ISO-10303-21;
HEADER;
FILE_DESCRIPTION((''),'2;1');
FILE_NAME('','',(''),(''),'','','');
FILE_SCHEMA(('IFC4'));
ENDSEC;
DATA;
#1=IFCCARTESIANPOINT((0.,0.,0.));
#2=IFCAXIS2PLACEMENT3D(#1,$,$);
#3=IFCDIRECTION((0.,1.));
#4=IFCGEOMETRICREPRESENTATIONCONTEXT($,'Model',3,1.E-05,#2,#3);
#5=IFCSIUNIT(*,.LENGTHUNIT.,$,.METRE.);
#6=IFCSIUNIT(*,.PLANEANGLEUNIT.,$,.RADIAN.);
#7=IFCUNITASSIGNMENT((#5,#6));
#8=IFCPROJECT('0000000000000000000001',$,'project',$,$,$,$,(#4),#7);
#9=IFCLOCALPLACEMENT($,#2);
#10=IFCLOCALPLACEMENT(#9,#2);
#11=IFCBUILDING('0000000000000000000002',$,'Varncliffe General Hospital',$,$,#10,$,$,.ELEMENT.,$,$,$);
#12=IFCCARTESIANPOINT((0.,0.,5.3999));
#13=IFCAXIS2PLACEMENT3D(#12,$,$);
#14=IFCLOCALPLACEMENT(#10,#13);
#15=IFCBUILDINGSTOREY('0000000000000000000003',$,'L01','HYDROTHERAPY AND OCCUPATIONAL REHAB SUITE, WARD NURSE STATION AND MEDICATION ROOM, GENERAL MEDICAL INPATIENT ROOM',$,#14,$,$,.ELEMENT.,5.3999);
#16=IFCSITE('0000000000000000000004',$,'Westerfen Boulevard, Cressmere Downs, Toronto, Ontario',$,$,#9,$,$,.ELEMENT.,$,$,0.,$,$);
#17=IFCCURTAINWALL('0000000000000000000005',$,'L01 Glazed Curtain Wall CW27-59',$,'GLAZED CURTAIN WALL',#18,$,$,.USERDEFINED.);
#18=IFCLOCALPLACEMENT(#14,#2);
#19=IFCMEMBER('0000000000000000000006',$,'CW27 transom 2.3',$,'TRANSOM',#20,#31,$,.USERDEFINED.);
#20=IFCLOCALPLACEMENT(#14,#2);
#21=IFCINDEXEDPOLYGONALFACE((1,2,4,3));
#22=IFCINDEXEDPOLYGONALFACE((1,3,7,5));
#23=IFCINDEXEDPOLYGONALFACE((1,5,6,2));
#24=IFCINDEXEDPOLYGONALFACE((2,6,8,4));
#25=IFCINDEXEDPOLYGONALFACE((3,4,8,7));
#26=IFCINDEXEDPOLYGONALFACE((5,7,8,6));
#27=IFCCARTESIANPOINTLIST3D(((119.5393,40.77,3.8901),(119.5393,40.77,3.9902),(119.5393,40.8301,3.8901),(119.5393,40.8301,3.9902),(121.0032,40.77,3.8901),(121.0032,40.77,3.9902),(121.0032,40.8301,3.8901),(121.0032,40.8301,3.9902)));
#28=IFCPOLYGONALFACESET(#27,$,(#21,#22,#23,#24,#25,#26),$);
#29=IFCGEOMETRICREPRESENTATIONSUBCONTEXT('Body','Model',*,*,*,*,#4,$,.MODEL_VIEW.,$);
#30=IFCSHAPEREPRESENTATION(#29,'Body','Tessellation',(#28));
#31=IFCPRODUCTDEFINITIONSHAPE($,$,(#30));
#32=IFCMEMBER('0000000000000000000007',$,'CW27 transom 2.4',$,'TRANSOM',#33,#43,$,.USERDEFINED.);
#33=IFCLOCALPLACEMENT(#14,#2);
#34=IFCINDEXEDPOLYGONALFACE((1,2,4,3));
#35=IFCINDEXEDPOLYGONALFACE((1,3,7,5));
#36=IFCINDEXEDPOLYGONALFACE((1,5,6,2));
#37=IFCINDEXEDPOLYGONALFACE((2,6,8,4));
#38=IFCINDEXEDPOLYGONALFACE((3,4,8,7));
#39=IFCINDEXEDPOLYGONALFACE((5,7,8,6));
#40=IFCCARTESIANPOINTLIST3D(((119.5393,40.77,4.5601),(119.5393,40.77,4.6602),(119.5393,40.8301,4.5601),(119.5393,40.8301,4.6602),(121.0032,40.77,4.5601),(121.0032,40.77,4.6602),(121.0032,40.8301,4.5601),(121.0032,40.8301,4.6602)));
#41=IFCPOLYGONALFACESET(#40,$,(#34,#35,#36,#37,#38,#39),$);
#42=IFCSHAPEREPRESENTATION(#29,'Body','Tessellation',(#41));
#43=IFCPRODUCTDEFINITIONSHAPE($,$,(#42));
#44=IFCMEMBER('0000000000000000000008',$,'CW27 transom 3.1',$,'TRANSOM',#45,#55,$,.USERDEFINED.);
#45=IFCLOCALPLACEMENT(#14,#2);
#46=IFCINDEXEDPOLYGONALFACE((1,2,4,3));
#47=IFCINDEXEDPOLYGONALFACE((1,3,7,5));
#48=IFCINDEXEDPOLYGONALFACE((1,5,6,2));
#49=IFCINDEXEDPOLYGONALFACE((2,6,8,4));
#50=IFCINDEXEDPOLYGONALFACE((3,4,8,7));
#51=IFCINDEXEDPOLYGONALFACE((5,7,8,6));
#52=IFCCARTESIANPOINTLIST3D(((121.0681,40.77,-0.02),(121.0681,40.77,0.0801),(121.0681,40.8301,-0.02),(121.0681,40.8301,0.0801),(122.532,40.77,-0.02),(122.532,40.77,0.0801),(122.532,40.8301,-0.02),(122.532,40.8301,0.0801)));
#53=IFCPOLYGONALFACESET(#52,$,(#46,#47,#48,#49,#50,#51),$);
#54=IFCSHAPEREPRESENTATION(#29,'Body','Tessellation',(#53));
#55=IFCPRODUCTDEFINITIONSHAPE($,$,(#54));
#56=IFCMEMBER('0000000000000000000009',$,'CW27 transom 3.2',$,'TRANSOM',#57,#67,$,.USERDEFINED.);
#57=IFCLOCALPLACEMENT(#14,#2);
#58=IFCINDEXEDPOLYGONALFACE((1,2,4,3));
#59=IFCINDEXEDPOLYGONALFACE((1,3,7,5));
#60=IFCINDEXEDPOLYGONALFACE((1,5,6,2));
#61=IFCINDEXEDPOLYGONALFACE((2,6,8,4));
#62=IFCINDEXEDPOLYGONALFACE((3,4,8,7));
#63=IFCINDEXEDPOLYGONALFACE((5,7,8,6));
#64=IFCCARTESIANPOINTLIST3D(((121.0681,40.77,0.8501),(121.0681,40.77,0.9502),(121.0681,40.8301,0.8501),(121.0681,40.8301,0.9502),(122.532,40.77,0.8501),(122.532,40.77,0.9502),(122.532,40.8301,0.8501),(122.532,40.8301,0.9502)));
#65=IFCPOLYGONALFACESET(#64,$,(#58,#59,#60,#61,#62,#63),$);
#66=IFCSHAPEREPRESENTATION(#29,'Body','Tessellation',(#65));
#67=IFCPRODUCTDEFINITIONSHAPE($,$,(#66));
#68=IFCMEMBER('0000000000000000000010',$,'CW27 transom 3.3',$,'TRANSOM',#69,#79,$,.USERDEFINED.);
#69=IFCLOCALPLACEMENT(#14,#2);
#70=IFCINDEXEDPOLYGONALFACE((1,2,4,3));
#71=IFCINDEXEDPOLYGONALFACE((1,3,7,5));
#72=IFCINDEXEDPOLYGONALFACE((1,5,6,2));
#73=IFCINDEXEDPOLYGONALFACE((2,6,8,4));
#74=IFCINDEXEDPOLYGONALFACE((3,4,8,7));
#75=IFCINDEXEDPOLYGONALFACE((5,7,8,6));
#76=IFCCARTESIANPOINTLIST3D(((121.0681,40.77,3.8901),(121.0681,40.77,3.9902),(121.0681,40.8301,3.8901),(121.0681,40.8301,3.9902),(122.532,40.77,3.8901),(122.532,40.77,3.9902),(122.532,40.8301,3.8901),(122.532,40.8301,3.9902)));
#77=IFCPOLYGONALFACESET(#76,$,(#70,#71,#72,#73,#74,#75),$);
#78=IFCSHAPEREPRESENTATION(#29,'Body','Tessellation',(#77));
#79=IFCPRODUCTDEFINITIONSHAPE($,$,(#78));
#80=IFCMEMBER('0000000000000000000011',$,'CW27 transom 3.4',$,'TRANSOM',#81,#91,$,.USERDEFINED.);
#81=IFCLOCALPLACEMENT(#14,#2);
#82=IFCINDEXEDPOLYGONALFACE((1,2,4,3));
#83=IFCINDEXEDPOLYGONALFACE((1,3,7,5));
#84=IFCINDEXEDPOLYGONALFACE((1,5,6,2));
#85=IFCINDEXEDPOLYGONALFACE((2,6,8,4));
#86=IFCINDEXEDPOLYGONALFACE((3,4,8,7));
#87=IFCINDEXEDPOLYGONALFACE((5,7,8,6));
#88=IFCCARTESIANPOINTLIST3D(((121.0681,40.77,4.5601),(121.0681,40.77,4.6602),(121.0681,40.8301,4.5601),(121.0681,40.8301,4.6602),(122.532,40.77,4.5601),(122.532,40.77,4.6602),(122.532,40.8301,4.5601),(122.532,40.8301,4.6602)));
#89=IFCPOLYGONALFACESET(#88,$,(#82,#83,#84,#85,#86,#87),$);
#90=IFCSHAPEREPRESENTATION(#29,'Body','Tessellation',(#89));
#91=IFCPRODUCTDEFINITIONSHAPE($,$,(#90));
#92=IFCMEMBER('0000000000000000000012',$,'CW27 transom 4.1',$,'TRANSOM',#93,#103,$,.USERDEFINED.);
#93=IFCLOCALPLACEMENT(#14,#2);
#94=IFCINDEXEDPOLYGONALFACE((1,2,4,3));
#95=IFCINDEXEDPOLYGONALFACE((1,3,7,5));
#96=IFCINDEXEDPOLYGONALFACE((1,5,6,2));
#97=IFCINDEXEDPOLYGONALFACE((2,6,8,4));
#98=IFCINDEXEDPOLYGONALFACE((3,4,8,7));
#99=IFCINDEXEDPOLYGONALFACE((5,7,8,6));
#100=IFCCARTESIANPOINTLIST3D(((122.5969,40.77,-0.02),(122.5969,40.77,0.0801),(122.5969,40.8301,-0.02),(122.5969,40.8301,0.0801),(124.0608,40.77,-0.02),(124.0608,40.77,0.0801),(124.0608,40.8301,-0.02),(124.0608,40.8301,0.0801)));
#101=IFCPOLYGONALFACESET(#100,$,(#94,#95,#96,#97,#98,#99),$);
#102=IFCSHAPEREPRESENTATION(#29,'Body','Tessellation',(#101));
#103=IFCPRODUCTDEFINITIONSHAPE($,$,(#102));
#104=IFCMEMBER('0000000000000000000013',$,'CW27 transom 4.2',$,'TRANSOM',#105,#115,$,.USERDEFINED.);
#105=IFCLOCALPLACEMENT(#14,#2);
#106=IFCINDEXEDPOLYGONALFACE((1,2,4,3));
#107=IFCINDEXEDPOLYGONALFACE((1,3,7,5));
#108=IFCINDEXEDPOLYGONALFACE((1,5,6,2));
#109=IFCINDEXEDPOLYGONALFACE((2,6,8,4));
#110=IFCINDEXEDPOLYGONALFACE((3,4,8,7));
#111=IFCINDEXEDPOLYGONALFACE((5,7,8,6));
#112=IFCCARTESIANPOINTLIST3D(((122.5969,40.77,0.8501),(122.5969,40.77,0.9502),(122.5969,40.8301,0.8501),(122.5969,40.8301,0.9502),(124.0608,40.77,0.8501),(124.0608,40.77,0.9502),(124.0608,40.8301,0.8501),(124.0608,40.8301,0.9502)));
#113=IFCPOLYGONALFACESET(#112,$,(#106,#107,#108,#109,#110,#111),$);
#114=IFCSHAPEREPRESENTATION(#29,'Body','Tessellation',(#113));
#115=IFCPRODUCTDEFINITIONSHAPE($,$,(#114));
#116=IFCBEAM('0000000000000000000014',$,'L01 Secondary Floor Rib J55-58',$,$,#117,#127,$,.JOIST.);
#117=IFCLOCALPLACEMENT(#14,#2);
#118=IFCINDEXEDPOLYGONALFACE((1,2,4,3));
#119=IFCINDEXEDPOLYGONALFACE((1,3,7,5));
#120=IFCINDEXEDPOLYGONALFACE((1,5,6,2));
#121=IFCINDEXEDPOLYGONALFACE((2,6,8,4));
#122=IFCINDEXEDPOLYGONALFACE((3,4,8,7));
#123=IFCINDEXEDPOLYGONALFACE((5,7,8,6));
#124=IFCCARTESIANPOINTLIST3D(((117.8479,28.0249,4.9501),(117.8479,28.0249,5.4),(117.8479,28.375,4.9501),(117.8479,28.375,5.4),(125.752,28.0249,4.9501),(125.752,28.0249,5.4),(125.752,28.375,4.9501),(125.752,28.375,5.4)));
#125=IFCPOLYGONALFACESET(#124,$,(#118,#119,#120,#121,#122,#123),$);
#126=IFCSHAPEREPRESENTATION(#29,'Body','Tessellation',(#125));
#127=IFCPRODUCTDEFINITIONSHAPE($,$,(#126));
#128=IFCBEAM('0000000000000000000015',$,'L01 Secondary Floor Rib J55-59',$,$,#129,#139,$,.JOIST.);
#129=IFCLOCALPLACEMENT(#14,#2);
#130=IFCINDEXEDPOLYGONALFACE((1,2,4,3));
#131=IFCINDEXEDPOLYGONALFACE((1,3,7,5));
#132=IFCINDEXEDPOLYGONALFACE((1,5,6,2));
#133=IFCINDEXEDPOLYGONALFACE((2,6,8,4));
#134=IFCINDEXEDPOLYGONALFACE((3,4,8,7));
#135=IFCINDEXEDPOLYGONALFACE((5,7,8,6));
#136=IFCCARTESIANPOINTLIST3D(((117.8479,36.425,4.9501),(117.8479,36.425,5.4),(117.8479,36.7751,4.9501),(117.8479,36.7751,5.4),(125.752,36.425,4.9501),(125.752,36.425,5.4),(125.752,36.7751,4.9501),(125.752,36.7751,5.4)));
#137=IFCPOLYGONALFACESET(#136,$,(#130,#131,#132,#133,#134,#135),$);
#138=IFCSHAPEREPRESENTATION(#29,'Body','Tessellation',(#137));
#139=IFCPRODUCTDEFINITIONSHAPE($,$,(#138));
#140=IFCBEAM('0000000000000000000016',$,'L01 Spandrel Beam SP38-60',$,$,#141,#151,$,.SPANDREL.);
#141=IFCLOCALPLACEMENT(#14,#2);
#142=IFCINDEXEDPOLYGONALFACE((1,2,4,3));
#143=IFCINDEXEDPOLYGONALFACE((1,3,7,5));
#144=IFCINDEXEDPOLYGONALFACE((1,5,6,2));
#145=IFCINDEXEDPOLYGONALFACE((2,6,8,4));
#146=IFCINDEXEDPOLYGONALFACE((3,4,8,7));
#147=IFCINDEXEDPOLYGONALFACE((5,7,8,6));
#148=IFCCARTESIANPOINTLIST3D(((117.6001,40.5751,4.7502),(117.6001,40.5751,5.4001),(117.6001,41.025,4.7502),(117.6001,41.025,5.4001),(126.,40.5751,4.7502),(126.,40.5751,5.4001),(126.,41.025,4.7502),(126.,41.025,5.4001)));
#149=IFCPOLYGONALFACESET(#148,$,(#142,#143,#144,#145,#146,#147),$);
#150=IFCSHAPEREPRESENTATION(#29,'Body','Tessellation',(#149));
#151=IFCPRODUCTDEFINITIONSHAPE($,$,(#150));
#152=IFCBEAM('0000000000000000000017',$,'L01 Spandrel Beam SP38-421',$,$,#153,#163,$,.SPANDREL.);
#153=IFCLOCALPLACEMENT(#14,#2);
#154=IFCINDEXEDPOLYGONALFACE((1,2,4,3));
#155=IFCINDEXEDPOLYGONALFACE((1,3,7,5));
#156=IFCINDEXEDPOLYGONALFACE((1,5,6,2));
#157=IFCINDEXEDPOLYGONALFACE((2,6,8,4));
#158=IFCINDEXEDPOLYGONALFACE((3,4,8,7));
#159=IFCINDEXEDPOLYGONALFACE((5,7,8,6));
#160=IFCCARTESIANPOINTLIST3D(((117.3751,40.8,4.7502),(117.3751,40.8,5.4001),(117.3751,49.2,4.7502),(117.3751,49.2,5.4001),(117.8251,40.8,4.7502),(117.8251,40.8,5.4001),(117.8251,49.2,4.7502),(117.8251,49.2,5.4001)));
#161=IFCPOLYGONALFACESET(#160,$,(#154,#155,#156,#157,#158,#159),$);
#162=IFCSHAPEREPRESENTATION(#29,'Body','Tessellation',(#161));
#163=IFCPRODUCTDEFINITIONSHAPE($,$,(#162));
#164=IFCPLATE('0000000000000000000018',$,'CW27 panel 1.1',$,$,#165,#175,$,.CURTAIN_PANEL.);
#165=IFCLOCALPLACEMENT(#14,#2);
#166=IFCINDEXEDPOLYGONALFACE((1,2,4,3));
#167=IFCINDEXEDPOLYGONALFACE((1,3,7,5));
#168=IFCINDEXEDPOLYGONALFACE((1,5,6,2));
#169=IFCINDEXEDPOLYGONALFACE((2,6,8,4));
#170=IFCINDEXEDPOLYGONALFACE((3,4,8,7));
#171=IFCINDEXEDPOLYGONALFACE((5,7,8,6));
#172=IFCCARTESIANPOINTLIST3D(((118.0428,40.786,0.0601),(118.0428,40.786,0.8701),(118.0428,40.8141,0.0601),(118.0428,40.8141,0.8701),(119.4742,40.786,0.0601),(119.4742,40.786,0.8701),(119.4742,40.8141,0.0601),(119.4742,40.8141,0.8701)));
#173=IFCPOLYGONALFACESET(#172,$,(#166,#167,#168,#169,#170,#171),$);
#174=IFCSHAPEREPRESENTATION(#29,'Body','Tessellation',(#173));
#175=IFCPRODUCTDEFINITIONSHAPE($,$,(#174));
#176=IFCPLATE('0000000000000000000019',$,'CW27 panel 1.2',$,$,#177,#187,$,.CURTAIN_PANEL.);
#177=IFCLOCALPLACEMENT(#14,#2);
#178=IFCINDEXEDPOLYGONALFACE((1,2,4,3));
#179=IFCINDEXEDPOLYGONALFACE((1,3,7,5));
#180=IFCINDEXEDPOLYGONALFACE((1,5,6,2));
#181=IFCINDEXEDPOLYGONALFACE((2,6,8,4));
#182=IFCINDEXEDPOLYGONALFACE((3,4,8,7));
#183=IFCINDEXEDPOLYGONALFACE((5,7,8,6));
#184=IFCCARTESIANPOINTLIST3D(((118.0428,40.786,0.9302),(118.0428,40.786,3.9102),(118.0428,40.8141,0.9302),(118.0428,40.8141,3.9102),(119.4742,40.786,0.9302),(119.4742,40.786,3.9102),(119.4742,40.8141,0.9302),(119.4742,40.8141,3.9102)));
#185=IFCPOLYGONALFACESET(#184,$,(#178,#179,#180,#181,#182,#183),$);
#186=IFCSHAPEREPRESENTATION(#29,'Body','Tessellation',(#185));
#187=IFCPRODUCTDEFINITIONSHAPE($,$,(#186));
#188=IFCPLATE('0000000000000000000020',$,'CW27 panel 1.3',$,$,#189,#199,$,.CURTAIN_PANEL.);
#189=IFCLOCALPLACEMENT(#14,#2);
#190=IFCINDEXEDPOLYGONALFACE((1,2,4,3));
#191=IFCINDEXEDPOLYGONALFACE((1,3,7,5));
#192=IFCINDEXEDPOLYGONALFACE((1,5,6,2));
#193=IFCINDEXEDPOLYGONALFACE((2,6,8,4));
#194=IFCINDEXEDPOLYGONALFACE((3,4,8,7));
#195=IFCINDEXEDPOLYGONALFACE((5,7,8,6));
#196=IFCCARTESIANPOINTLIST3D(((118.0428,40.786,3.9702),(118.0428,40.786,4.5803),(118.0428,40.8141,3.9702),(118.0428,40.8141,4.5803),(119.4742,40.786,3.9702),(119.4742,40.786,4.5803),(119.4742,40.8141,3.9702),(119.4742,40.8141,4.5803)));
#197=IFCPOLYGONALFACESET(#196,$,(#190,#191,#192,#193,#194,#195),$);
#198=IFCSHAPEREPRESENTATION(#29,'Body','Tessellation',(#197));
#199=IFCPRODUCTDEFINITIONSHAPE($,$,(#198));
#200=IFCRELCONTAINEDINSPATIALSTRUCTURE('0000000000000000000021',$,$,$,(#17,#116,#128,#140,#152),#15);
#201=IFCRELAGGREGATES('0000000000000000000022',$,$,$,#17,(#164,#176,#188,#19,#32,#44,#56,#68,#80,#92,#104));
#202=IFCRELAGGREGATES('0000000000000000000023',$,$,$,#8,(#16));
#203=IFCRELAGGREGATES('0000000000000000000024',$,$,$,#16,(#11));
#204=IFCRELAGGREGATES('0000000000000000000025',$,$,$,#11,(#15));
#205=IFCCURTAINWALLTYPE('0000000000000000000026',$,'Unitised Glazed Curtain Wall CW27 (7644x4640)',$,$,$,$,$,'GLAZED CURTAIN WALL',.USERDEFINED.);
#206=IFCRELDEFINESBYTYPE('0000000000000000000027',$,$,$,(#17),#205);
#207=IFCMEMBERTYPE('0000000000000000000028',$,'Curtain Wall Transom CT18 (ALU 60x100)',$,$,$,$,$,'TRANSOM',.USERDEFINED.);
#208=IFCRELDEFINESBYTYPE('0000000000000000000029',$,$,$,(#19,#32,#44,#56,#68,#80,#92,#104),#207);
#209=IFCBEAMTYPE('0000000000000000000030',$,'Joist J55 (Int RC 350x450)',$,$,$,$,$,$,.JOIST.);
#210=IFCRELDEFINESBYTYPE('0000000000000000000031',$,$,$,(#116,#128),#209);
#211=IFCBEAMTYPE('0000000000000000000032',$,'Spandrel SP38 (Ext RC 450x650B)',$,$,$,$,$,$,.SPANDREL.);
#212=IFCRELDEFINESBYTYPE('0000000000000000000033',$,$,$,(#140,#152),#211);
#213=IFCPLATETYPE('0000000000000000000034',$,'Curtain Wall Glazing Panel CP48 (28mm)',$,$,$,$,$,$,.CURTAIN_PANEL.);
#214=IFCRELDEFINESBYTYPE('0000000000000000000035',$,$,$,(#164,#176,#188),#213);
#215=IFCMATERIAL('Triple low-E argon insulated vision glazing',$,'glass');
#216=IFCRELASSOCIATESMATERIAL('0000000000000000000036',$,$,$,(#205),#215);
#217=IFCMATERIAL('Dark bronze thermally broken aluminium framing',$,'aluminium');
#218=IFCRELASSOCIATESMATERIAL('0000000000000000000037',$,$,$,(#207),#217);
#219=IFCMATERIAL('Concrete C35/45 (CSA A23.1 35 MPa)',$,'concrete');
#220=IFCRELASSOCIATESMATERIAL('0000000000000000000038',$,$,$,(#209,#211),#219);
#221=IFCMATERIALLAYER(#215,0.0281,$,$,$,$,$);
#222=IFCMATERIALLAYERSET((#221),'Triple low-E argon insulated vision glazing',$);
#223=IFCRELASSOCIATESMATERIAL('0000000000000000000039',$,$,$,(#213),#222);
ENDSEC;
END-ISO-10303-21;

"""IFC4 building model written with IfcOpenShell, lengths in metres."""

from ifc_helpers import new_model, si_unit, direction, frame, origin, origin_2d, place, context, subcontext, project, spatial, rectangle, extrude, material, layer, layer_set, material_profile, profile_set, type_object, element, aggregate, save


model = new_model("IFC4")

# Units and contexts
model_context = context("Model", 3, precision=1e-05, world=origin(), true_north=direction((0.0, 1.0)))
body_context = subcontext(model_context, "Body", "Model", "MODEL_VIEW")
ifc_project = project(units=[si_unit("LENGTHUNIT", "METRE"), si_unit("PLANEANGLEUNIT", "RADIAN")], contexts=[model_context])

# Site, building, storey
site_placement = place(None, origin())
site = spatial("IfcSite", under=ifc_project, at=site_placement, Name="Westerfen Boulevard, Cressmere Downs, Toronto, Ontario", CompositionType="ELEMENT", RefElevation=0.0)
building_placement = place(site_placement, origin())
building = spatial("IfcBuilding", under=site, at=building_placement, Name="Varncliffe General Hospital", CompositionType="ELEMENT")
storey_placement = place(building_placement, frame((0.0, 0.0, 5.3999)))
storey = spatial("IfcBuildingStorey", under=building, at=storey_placement, Name="L01", Description="HYDROTHERAPY AND OCCUPATIONAL REHAB SUITE, WARD NURSE STATION AND MEDICATION ROOM, GENERAL MEDICAL INPATIENT ROOM", CompositionType="ELEMENT", Elevation=5.3999)

# Shared definitions
ifc_material_1 = material(Name="Concrete C35/45 (CSA A23.1 35 MPa)", Category="concrete")

# Curtain wall, members
ifc_material_2 = material(Name="Triple low-E argon insulated vision glazing", Category="glass")
curtain_wall_type = type_object("IfcCurtainWallType", Name="Unitised Glazed Curtain Wall CW27 (7644x4640)", ElementType="GLAZED CURTAIN WALL", PredefinedType="USERDEFINED", material=ifc_material_2)
curtain_wall_placement = place(storey_placement, origin())
curtain_wall = element("IfcCurtainWall", 1, at=curtain_wall_placement, inside=storey, type_object=curtain_wall_type, Name="L01 Glazed Curtain Wall CW27-59", ObjectType="GLAZED CURTAIN WALL", PredefinedType="USERDEFINED")
ifc_material_3 = material(Name="Dark bronze thermally broken aluminium framing", Category="aluminium")
ifc_material_profile_1 = material_profile(ifc_material_3, rectangle(XDim=0.0601, YDim=0.1001, at=origin_2d()), Name="ALU 60x100")
ifc_profile_set_1 = profile_set([ifc_material_profile_1], Name="Dark bronze thermally broken aluminium framing")
member_type_1 = type_object("IfcMemberType", Name="Curtain Wall Transom CT18 (ALU 60x100)", ElementType="TRANSOM", PredefinedType="USERDEFINED", material=ifc_profile_set_1)
member_1_placement = place(storey_placement, frame((119.5393, 40.8, 3.9402), z_axis=(1.0, 0.0, 0.0), x_axis=(0.0, 1.0, 0.0)))
member_1 = element("IfcMember", 2, at=member_1_placement, type_object=member_type_1, Name="CW27 transom 2.3", ObjectType="TRANSOM", PredefinedType="USERDEFINED", context=body_context, shape_type="SweptSolid", body=[
    extrude(rectangle(XDim=0.0601, YDim=0.1001, at=origin_2d()), origin(), (0.0, 0.0, 1.0), 1.4639),
])
member_2_placement = place(storey_placement, frame((119.5393, 40.8, 4.6101), z_axis=(1.0, 0.0, 0.0), x_axis=(0.0, 1.0, 0.0)))
member_2 = element("IfcMember", 3, at=member_2_placement, type_object=member_type_1, Name="CW27 transom 2.4", ObjectType="TRANSOM", PredefinedType="USERDEFINED", context=body_context, shape_type="SweptSolid", body=[
    extrude(rectangle(XDim=0.0601, YDim=0.1001, at=origin_2d()), origin(), (0.0, 0.0, 1.0), 1.4639),
])
member_3_placement = place(storey_placement, frame((121.0681, 40.8, 0.03), z_axis=(1.0, 0.0, 0.0), x_axis=(0.0, 1.0, 0.0)))
member_3 = element("IfcMember", 4, at=member_3_placement, type_object=member_type_1, Name="CW27 transom 3.1", ObjectType="TRANSOM", PredefinedType="USERDEFINED", context=body_context, shape_type="SweptSolid", body=[
    extrude(rectangle(XDim=0.0601, YDim=0.1001, at=origin_2d()), origin(), (0.0, 0.0, 1.0), 1.4639),
])
member_4_placement = place(storey_placement, frame((121.0681, 40.8, 0.9001), z_axis=(1.0, 0.0, 0.0), x_axis=(0.0, 1.0, 0.0)))
member_4 = element("IfcMember", 5, at=member_4_placement, type_object=member_type_1, Name="CW27 transom 3.2", ObjectType="TRANSOM", PredefinedType="USERDEFINED", context=body_context, shape_type="SweptSolid", body=[
    extrude(rectangle(XDim=0.0601, YDim=0.1001, at=origin_2d()), origin(), (0.0, 0.0, 1.0), 1.4639),
])
member_5_placement = place(storey_placement, frame((121.0681, 40.8, 3.9402), z_axis=(1.0, 0.0, 0.0), x_axis=(0.0, 1.0, 0.0)))
member_5 = element("IfcMember", 6, at=member_5_placement, type_object=member_type_1, Name="CW27 transom 3.3", ObjectType="TRANSOM", PredefinedType="USERDEFINED", context=body_context, shape_type="SweptSolid", body=[
    extrude(rectangle(XDim=0.0601, YDim=0.1001, at=origin_2d()), origin(), (0.0, 0.0, 1.0), 1.4639),
])
member_6_placement = place(storey_placement, frame((121.0681, 40.8, 4.6101), z_axis=(1.0, 0.0, 0.0), x_axis=(0.0, 1.0, 0.0)))
member_6 = element("IfcMember", 7, at=member_6_placement, type_object=member_type_1, Name="CW27 transom 3.4", ObjectType="TRANSOM", PredefinedType="USERDEFINED", context=body_context, shape_type="SweptSolid", body=[
    extrude(rectangle(XDim=0.0601, YDim=0.1001, at=origin_2d()), origin(), (0.0, 0.0, 1.0), 1.4639),
])
member_7_placement = place(storey_placement, frame((122.5969, 40.8, 0.03), z_axis=(1.0, 0.0, 0.0), x_axis=(0.0, 1.0, 0.0)))
member_7 = element("IfcMember", 8, at=member_7_placement, type_object=member_type_1, Name="CW27 transom 4.1", ObjectType="TRANSOM", PredefinedType="USERDEFINED", context=body_context, shape_type="SweptSolid", body=[
    extrude(rectangle(XDim=0.0601, YDim=0.1001, at=origin_2d()), origin(), (0.0, 0.0, 1.0), 1.4639),
])
member_8_placement = place(storey_placement, frame((122.5969, 40.8, 0.9001), z_axis=(1.0, 0.0, 0.0), x_axis=(0.0, 1.0, 0.0)))
member_8 = element("IfcMember", 9, at=member_8_placement, type_object=member_type_1, Name="CW27 transom 4.2", ObjectType="TRANSOM", PredefinedType="USERDEFINED", context=body_context, shape_type="SweptSolid", body=[
    extrude(rectangle(XDim=0.0601, YDim=0.1001, at=origin_2d()), origin(), (0.0, 0.0, 1.0), 1.4639),
])

# Beams
ifc_material_profile_2 = material_profile(ifc_material_1, rectangle(XDim=0.3501, YDim=0.45, at=origin_2d()), Name="RC 350x450")
ifc_profile_set_2 = profile_set([ifc_material_profile_2], Name="Concrete C35/45 (CSA A23.1 35 MPa)")
beam_type_1 = type_object("IfcBeamType", Name="Joist J55 (Int RC 350x450)", PredefinedType="JOIST", material=ifc_profile_set_2)
for number, where, z_axis, x_axis, name in (
    (10, (117.8479, 28.2, 5.175), (1.0, 0.0, 0.0), (0.0, 1.0, 0.0), "L01 Secondary Floor Rib J55-58"),
    (11, (117.8479, 36.6001, 5.175), (1.0, 0.0, 0.0), (0.0, 1.0, 0.0), "L01 Secondary Floor Rib J55-59"),
):
    element("IfcBeam", number, at=place(storey_placement, frame(where, z_axis=z_axis, x_axis=x_axis)), inside=storey, type_object=beam_type_1, Name=name, PredefinedType="JOIST", context=body_context, shape_type="SweptSolid", body=[
        extrude(rectangle(XDim=0.3501, YDim=0.45, at=origin_2d()), origin(), (0.0, 0.0, 1.0), 7.9041),
    ])
ifc_material_profile_3 = material_profile(ifc_material_1, rectangle(XDim=0.45, YDim=0.6499, at=origin_2d()), Name="RC 450x650")
ifc_profile_set_3 = profile_set([ifc_material_profile_3], Name="Concrete C35/45 (CSA A23.1 35 MPa)")
beam_type_2 = type_object("IfcBeamType", Name="Spandrel SP38 (Ext RC 450x650B)", PredefinedType="SPANDREL", material=ifc_profile_set_3)
for number, where, z_axis, x_axis, name in (
    (12, (117.6001, 40.8, 5.0752), (1.0, 0.0, 0.0), (0.0, 1.0, 0.0), "L01 Spandrel Beam SP38-60"),
    (13, (117.6001, 40.8, 5.0752), (0.0, 1.0, 0.0), (-1.0, 0.0, 0.0), "L01 Spandrel Beam SP38-421"),
):
    element("IfcBeam", number, at=place(storey_placement, frame(where, z_axis=z_axis, x_axis=x_axis)), inside=storey, type_object=beam_type_2, Name=name, PredefinedType="SPANDREL", context=body_context, shape_type="SweptSolid", body=[
        extrude(rectangle(XDim=0.45, YDim=0.6499, at=origin_2d()), origin(), (0.0, 0.0, 1.0), 8.3999),
    ])

# Plates
ifc_layer_1 = layer(ifc_material_2, 0.0281)
ifc_layer_set_1 = layer_set([ifc_layer_1], Name="Triple low-E argon insulated vision glazing")
plate_type = type_object("IfcPlateType", Name="Curtain Wall Glazing Panel CP48 (28mm)", PredefinedType="CURTAIN_PANEL", material=ifc_layer_set_1)
plate_1_placement = place(storey_placement, frame((118.7585, 40.8, 0.0601), z_axis=(0.0, 0.0, 1.0), x_axis=(1.0, 0.0, 0.0)))
plate_1 = element("IfcPlate", 14, at=plate_1_placement, type_object=plate_type, Name="CW27 panel 1.1", PredefinedType="CURTAIN_PANEL", context=body_context, shape_type="SweptSolid", body=[
    extrude(rectangle(XDim=1.4314, YDim=0.0281, at=origin_2d()), origin(), (0.0, 0.0, 1.0), 0.8101),
])
plate_2_placement = place(storey_placement, frame((118.7585, 40.8, 0.9302), z_axis=(0.0, 0.0, 1.0), x_axis=(1.0, 0.0, 0.0)))
plate_2 = element("IfcPlate", 15, at=plate_2_placement, type_object=plate_type, Name="CW27 panel 1.2", PredefinedType="CURTAIN_PANEL", context=body_context, shape_type="SweptSolid", body=[
    extrude(rectangle(XDim=1.4314, YDim=0.0281, at=origin_2d()), origin(), (0.0, 0.0, 1.0), 2.98),
])
plate_3_placement = place(storey_placement, frame((118.7585, 40.8, 3.9702), z_axis=(0.0, 0.0, 1.0), x_axis=(1.0, 0.0, 0.0)))
plate_3 = element("IfcPlate", 16, at=plate_3_placement, type_object=plate_type, Name="CW27 panel 1.3", PredefinedType="CURTAIN_PANEL", context=body_context, shape_type="SweptSolid", body=[
    extrude(rectangle(XDim=1.4314, YDim=0.0281, at=origin_2d()), origin(), (0.0, 0.0, 1.0), 0.6101),
])
aggregate(curtain_wall, [plate_1, plate_2, plate_3, member_1, member_2, member_3, member_4, member_5, member_6, member_7, member_8])

save(model, "model.ifc")
